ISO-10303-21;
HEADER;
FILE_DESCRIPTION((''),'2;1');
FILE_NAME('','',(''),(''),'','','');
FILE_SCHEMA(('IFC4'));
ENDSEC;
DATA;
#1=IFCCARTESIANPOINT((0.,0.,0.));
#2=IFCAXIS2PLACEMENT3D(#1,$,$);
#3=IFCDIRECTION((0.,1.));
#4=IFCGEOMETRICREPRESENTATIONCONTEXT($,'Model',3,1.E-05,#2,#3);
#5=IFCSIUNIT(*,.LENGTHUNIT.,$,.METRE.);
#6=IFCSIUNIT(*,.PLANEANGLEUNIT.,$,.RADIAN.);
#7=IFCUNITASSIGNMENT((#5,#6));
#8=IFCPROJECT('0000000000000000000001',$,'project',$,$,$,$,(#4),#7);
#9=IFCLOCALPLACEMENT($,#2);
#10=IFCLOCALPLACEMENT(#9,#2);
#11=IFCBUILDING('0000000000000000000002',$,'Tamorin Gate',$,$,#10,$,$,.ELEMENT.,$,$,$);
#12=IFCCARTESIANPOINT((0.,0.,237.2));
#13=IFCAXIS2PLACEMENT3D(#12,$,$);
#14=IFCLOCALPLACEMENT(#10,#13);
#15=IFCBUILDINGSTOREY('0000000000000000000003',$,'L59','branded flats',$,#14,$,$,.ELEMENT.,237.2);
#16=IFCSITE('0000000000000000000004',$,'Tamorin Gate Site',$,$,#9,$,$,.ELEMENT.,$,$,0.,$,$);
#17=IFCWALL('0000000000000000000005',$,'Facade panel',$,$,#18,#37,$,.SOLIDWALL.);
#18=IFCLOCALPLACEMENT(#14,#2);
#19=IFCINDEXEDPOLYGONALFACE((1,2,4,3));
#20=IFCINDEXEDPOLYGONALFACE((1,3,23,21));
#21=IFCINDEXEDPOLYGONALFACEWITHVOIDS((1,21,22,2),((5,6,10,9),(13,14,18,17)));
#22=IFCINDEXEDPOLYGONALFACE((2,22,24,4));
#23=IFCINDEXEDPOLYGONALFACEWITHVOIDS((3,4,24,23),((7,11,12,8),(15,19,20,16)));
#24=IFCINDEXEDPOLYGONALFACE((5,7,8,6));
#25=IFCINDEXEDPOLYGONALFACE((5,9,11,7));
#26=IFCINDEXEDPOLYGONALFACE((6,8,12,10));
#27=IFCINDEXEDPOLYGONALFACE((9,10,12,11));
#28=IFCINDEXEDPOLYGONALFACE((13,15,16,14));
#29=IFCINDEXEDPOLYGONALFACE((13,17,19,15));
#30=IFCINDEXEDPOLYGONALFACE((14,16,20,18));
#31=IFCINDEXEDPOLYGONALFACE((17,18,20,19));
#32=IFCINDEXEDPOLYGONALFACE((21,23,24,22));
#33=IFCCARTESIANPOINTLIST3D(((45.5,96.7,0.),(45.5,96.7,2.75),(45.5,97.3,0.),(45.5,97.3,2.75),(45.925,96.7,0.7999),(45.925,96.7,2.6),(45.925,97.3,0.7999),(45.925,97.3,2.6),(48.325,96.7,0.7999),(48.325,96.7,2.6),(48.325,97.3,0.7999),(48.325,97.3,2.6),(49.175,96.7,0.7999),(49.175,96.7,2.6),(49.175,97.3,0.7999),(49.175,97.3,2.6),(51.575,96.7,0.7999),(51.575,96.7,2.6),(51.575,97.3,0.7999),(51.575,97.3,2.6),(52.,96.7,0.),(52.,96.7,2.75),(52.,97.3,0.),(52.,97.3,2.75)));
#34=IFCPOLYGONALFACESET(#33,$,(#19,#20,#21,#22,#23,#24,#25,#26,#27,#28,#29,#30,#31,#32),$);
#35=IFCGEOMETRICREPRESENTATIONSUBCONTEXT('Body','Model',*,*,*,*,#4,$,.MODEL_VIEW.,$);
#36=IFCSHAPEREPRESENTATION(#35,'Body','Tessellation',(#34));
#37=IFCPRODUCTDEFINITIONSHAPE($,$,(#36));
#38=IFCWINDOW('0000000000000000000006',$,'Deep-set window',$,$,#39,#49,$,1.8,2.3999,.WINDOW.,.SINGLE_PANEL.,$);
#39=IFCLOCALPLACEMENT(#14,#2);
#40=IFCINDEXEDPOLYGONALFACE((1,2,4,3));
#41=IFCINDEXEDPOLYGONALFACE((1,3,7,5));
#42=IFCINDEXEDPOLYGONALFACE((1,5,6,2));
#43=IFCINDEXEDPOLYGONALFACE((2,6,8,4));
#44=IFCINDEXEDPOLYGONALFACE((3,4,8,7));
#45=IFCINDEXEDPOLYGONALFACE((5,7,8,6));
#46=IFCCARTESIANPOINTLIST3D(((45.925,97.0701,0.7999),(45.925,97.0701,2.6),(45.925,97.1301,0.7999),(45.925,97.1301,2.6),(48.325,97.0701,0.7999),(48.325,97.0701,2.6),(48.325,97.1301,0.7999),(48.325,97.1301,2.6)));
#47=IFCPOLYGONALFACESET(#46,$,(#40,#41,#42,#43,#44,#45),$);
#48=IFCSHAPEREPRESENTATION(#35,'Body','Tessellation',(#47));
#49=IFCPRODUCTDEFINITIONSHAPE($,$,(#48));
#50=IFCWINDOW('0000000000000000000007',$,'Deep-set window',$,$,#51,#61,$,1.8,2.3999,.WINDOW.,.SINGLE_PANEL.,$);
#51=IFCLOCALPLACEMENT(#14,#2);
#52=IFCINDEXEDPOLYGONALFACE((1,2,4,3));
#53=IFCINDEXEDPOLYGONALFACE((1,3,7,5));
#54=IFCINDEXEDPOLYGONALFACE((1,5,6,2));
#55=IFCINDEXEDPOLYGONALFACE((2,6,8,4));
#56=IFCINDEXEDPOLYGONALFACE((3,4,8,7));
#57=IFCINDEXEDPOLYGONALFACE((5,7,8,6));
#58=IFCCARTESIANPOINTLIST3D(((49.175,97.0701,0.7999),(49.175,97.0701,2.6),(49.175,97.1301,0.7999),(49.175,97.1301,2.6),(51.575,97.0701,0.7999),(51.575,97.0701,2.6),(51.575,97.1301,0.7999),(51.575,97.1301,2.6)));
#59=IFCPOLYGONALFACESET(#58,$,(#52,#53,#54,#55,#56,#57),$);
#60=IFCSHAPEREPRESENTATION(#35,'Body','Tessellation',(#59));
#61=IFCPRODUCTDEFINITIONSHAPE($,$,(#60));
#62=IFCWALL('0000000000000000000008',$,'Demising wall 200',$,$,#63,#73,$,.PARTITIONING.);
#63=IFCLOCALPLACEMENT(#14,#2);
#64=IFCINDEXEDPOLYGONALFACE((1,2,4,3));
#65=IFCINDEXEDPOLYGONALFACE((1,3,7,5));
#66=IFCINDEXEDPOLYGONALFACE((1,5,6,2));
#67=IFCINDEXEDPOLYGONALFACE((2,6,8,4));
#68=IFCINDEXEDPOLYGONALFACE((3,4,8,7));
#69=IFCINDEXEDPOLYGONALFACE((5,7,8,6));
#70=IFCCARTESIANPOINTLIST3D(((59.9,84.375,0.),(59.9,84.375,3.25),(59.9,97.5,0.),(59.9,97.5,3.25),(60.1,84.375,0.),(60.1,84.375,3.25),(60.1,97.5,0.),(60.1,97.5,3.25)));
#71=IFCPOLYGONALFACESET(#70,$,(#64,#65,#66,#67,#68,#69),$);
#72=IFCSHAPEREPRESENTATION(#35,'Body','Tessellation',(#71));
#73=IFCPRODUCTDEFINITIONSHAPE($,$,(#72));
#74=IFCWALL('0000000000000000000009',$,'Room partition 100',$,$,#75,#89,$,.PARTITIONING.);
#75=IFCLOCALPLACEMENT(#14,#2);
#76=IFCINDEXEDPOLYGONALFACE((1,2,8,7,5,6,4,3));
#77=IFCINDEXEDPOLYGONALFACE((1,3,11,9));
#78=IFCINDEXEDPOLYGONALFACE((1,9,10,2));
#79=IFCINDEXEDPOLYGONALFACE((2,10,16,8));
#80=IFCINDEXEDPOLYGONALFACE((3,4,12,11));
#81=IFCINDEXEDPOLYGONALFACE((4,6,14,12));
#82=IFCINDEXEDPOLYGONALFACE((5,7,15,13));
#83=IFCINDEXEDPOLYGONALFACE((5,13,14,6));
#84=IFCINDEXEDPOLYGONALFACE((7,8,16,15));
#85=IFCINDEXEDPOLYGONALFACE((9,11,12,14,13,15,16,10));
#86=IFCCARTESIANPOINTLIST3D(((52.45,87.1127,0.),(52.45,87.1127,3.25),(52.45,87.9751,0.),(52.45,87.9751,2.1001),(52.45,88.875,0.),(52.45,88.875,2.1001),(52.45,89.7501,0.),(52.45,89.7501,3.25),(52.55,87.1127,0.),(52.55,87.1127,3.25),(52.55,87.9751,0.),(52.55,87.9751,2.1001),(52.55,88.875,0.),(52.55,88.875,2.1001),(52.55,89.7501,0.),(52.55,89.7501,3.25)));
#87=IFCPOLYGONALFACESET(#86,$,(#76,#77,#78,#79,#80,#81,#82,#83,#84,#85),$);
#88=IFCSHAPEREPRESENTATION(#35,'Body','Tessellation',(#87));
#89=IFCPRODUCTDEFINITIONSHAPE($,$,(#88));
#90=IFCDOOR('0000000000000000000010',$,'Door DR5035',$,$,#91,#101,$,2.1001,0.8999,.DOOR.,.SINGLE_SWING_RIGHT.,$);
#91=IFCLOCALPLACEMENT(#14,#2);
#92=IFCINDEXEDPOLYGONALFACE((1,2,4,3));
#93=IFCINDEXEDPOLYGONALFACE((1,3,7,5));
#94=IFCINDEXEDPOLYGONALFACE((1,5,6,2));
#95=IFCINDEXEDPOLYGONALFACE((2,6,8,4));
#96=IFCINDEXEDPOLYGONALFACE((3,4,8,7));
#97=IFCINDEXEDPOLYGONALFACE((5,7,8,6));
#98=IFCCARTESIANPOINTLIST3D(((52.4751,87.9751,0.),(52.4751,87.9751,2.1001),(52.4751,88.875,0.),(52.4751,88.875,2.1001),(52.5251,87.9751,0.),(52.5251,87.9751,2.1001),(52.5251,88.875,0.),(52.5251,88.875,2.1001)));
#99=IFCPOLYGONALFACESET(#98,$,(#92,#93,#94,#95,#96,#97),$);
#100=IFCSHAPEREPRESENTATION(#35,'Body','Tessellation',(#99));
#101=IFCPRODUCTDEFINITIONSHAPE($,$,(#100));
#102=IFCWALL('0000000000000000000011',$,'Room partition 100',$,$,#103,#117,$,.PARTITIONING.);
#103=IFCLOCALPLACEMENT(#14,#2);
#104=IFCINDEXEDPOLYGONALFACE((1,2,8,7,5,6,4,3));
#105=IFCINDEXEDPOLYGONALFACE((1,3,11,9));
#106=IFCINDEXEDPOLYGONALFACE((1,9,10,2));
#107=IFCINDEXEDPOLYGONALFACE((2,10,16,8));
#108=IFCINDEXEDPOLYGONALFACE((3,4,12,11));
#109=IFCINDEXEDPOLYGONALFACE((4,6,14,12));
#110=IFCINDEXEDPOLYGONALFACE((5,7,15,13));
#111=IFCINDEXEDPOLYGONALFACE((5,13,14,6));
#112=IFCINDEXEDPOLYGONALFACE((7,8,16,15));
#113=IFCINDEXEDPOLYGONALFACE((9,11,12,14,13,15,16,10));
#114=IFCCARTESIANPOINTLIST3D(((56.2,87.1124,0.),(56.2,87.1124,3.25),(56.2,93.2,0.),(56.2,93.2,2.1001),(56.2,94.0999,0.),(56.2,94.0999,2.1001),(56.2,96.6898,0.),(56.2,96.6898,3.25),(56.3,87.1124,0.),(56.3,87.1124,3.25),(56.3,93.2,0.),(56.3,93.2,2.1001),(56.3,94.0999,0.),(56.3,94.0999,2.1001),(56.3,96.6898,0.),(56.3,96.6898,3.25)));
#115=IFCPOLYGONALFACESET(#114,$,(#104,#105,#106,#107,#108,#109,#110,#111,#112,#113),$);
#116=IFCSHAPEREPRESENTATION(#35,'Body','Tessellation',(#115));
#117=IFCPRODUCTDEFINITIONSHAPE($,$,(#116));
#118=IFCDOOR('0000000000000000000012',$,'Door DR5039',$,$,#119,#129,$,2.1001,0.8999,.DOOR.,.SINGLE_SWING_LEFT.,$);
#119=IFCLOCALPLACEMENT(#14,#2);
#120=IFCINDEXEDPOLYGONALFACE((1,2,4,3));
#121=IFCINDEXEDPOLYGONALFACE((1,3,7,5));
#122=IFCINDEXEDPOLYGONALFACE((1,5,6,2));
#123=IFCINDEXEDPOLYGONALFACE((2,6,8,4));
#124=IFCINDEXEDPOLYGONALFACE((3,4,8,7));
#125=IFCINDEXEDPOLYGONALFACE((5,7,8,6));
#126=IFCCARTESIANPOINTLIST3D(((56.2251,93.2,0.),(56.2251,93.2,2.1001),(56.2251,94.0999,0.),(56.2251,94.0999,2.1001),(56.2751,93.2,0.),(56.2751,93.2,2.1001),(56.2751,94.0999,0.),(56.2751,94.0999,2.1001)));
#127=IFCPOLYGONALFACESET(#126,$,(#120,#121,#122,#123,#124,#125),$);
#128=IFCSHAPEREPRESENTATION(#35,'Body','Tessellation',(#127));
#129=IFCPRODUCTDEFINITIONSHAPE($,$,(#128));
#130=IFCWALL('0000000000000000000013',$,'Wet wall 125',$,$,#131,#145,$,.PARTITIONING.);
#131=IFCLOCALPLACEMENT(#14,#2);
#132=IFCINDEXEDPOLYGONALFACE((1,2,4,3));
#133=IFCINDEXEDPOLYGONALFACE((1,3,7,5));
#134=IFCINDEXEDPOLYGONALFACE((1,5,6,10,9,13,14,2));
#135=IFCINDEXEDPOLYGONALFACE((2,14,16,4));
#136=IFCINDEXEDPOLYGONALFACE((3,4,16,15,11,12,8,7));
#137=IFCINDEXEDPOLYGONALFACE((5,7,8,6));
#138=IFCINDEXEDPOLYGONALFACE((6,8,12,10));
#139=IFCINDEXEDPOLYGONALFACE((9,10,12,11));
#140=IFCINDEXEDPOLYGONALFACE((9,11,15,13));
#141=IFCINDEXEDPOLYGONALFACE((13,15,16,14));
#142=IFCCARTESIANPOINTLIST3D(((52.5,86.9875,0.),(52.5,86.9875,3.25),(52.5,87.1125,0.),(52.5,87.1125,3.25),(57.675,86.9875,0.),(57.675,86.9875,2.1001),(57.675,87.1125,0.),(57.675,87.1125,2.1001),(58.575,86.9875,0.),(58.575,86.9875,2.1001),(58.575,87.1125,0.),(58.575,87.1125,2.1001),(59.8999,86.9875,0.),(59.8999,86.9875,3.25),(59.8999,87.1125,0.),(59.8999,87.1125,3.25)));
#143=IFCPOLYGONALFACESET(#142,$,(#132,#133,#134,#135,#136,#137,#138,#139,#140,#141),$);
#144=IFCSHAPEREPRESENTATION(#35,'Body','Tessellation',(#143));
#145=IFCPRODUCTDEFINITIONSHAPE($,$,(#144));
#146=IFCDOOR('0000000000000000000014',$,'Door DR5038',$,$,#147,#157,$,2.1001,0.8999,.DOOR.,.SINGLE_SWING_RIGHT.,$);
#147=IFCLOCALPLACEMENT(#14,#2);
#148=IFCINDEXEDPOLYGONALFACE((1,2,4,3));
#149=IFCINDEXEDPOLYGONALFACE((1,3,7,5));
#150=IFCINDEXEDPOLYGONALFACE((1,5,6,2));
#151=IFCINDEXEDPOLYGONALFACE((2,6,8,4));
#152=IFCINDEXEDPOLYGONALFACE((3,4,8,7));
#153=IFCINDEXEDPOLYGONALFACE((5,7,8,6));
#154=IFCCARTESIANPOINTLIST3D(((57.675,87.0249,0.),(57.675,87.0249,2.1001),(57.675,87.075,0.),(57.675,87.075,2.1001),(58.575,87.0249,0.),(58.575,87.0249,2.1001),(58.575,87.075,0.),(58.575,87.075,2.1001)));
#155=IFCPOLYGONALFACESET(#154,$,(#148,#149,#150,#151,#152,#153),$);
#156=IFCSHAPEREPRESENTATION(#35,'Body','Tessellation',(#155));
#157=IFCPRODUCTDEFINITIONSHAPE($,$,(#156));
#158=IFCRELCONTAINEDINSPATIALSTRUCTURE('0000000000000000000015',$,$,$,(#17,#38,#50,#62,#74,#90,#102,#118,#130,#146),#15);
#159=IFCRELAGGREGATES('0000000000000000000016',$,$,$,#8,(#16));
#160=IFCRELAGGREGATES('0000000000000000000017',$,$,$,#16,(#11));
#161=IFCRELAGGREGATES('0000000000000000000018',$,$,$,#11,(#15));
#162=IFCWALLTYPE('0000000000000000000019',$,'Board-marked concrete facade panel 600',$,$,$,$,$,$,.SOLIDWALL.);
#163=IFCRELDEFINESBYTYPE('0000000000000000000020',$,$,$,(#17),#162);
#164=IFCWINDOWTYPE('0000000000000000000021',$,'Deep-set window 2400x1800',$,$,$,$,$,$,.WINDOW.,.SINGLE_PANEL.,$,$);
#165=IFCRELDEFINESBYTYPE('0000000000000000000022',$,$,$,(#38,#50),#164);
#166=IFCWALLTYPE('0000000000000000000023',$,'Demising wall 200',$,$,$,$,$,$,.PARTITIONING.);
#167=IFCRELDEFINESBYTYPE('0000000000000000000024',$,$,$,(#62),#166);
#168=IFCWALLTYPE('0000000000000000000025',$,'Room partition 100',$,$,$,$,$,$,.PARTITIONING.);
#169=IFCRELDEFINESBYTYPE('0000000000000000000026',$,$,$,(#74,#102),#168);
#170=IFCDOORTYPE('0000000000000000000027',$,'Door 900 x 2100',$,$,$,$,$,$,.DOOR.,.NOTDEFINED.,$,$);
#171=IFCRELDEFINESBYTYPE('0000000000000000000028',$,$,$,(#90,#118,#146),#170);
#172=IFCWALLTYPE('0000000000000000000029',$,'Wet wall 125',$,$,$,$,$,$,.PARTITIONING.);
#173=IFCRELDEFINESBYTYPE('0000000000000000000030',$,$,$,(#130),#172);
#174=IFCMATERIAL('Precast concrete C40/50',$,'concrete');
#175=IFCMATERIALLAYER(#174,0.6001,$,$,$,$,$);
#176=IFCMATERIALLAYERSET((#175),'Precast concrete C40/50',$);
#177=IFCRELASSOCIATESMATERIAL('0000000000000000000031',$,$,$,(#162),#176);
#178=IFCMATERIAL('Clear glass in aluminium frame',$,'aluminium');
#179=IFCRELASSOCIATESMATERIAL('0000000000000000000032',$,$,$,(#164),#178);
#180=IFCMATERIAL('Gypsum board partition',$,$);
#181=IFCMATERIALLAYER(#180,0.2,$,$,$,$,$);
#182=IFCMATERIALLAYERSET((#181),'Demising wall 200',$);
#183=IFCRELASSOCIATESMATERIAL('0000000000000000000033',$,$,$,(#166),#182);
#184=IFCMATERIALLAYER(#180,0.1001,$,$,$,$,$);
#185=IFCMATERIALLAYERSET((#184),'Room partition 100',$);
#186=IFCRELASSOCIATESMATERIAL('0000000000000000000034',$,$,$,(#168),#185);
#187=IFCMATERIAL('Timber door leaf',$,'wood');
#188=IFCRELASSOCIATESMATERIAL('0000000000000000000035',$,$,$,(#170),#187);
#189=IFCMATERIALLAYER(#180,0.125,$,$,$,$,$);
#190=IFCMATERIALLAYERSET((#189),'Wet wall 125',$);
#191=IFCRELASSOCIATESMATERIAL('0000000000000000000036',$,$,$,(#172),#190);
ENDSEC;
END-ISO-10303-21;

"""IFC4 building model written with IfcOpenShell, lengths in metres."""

from ifc_helpers import new_model, si_unit, direction, frame, frame_2d, origin, place, context, subcontext, project, spatial, rectangle, extrude, material, layer, layer_set, type_object, element, fill, save


model = new_model("IFC4")

# Units and contexts
model_context = context("Model", 3, precision=1e-05, world=origin(), true_north=direction((0.0, 1.0)))
body_context = subcontext(model_context, "Body", "Model", "MODEL_VIEW")
ifc_project = project(units=[si_unit("LENGTHUNIT", "METRE"), si_unit("PLANEANGLEUNIT", "RADIAN")], contexts=[model_context])

# Site, building, storey
site_placement = place(None, origin())
site = spatial("IfcSite", under=ifc_project, at=site_placement, Name="Tamorin Gate Site", CompositionType="ELEMENT", RefElevation=0.0)
building_placement = place(site_placement, origin())
building = spatial("IfcBuilding", under=site, at=building_placement, Name="Tamorin Gate", CompositionType="ELEMENT")
storey_placement = place(building_placement, frame((0.0, 0.0, 237.2)))
storey = spatial("IfcBuildingStorey", under=building, at=storey_placement, Name="L59", Description="branded flats", CompositionType="ELEMENT", Elevation=237.2)

# Wall, openings, windows
ifc_material_1 = material(Name="Precast concrete C40/50", Category="concrete")
ifc_layer_1 = layer(ifc_material_1, 0.6001)
ifc_layer_set_1 = layer_set([ifc_layer_1], Name="Precast concrete C40/50")
wall_type_1 = type_object("IfcWallType", Name="Board-marked concrete facade panel 600", PredefinedType="SOLIDWALL", material=ifc_layer_set_1)
ifc_material_2 = material(Name="Clear glass in aluminium frame", Category="aluminium")
window_type = type_object("IfcWindowType", Name="Deep-set window 2400x1800", PartitioningType="SINGLE_PANEL", PredefinedType="WINDOW", material=ifc_material_2)
wall_1_placement = place(storey_placement, frame((52.0, 97.0, 0.0), z_axis=(0.0, 0.0, 1.0), x_axis=(-1.0, 0.0, 0.0)))
wall_1 = element("IfcWall", 1, at=wall_1_placement, inside=storey, type_object=wall_type_1, Name="Facade panel", PredefinedType="SOLIDWALL", context=body_context, shape_type="SweptSolid", body=[
    extrude(rectangle(XDim=6.5, YDim=0.6001, at=frame_2d((3.25, 0.0))), origin(), (0.0, 0.0, 1.0), 2.75),
])
opening_1_placement = place(wall_1_placement, frame((3.675, 0.0, 0.8)))
opening_1 = element("IfcOpeningElement", 2, at=opening_1_placement, cuts=wall_1, PredefinedType="OPENING", context=body_context, shape_type="SweptSolid", body=[
    extrude(rectangle(XDim=2.3999, YDim=1.8, at=frame_2d((1.2, 0.8999))), frame((0.0, 0.3101, 0.0), z_axis=(0.0, -1.0, 0.0), x_axis=(1.0, 0.0, 0.0)), (0.0, 0.0, 1.0), 0.6201),
])
opening_2_placement = place(wall_1_placement, frame((0.425, 0.0, 0.8)))
opening_2 = element("IfcOpeningElement", 3, at=opening_2_placement, cuts=wall_1, PredefinedType="OPENING", context=body_context, shape_type="SweptSolid", body=[
    extrude(rectangle(XDim=2.3999, YDim=1.8, at=frame_2d((1.2, 0.8999))), frame((0.0, 0.3101, 0.0), z_axis=(0.0, -1.0, 0.0), x_axis=(1.0, 0.0, 0.0)), (0.0, 0.0, 1.0), 0.6201),
])
window_1_placement = place(opening_1_placement, origin())
window_1 = element("IfcWindow", 4, at=window_1_placement, inside=storey, type_object=window_type, Name="Deep-set window", OverallHeight=1.8, OverallWidth=2.3999, PartitioningType="SINGLE_PANEL", PredefinedType="WINDOW", context=body_context, shape_type="SweptSolid", body=[
    extrude(rectangle(XDim=2.3999, YDim=1.8, at=frame_2d((1.2, 0.8999))), frame((0.0, -0.0701, 0.0), z_axis=(0.0, -1.0, 0.0), x_axis=(1.0, 0.0, 0.0)), (0.0, 0.0, 1.0), 0.0601),
])
fill(opening_1, window_1)
window_2_placement = place(opening_2_placement, origin())
window_2 = element("IfcWindow", 5, at=window_2_placement, inside=storey, type_object=window_type, Name="Deep-set window", OverallHeight=1.8, OverallWidth=2.3999, PartitioningType="SINGLE_PANEL", PredefinedType="WINDOW", context=body_context, shape_type="SweptSolid", body=[
    extrude(rectangle(XDim=2.3999, YDim=1.8, at=frame_2d((1.2, 0.8999))), frame((0.0, -0.0701, 0.0), z_axis=(0.0, -1.0, 0.0), x_axis=(1.0, 0.0, 0.0)), (0.0, 0.0, 1.0), 0.0601),
])
fill(opening_2, window_2)

# Wall
ifc_material_3 = material(Name="Gypsum board partition")
ifc_layer_2 = layer(ifc_material_3, 0.2)
ifc_layer_set_2 = layer_set([ifc_layer_2], Name="Demising wall 200")
wall_type_2 = type_object("IfcWallType", Name="Demising wall 200", PredefinedType="PARTITIONING", material=ifc_layer_set_2)
wall_2_placement = place(storey_placement, frame((60.0, 84.375, 0.0), z_axis=(0.0, 0.0, 1.0), x_axis=(0.0, 1.0, 0.0)))
element("IfcWall", 6, at=wall_2_placement, inside=storey, type_object=wall_type_2, Name="Demising wall 200", PredefinedType="PARTITIONING", context=body_context, shape_type="SweptSolid", body=[
    extrude(rectangle(XDim=13.125, YDim=0.2, at=frame_2d((6.5625, 0.0))), origin(), (0.0, 0.0, 1.0), 3.25),
])

# Walls, openings, doors
ifc_layer_3 = layer(ifc_material_3, 0.1001)
ifc_layer_set_3 = layer_set([ifc_layer_3], Name="Room partition 100")
wall_type_3 = type_object("IfcWallType", Name="Room partition 100", PredefinedType="PARTITIONING", material=ifc_layer_set_3)
wall_3_placement = place(storey_placement, frame((52.5, 87.1125, 0.0), z_axis=(0.0, 0.0, 1.0), x_axis=(0.0, 1.0, 0.0)))
wall_3 = element("IfcWall", 7, at=wall_3_placement, inside=storey, type_object=wall_type_3, Name="Room partition 100", PredefinedType="PARTITIONING", context=body_context, shape_type="SweptSolid", body=[
    extrude(rectangle(XDim=2.6375, YDim=0.1001, at=frame_2d((1.3188, 0.0))), origin(), (0.0, 0.0, 1.0), 3.25),
])
opening_3_placement = place(wall_3_placement, frame((0.8625, 0.0, 0.0)))
opening_3 = element("IfcOpeningElement", 8, at=opening_3_placement, cuts=wall_3, PredefinedType="OPENING", context=body_context, shape_type="SweptSolid", body=[
    extrude(rectangle(XDim=0.8999, YDim=2.1001, at=frame_2d((0.45, 1.05))), frame((0.0, 0.0601, 0.0), z_axis=(0.0, -1.0, 0.0), x_axis=(1.0, 0.0, 0.0)), (0.0, 0.0, 1.0), 0.1201),
])
ifc_material_4 = material(Name="Timber door leaf", Category="wood")
door_type = type_object("IfcDoorType", Name="Door 900 x 2100", OperationType="NOTDEFINED", PredefinedType="DOOR", material=ifc_material_4)
door_1_placement = place(opening_3_placement, origin())
door_1 = element("IfcDoor", 9, at=door_1_placement, inside=storey, type_object=door_type, Name="Door DR5035", OperationType="SINGLE_SWING_RIGHT", OverallHeight=2.1001, OverallWidth=0.8999, PredefinedType="DOOR", context=body_context, shape_type="SweptSolid", body=[
    extrude(rectangle(XDim=0.8999, YDim=2.1001, at=frame_2d((0.45, 1.05))), frame((0.0, 0.0249, 0.0), z_axis=(0.0, -1.0, 0.0), x_axis=(1.0, 0.0, 0.0)), (0.0, 0.0, 1.0), 0.05),
])
fill(opening_3, door_1)
wall_4_placement = place(storey_placement, frame((56.25, 87.1125, 0.0), z_axis=(0.0, 0.0, 1.0), x_axis=(0.0, 1.0, 0.0)))
wall_4 = element("IfcWall", 10, at=wall_4_placement, inside=storey, type_object=wall_type_3, Name="Room partition 100", PredefinedType="PARTITIONING", context=body_context, shape_type="SweptSolid", body=[
    extrude(rectangle(XDim=9.5774, YDim=0.1001, at=frame_2d((4.7886, 0.0))), origin(), (0.0, 0.0, 1.0), 3.25),
])
opening_4_placement = place(wall_4_placement, frame((6.0874, 0.0, 0.0)))
opening_4 = element("IfcOpeningElement", 11, at=opening_4_placement, cuts=wall_4, PredefinedType="OPENING", context=body_context, shape_type="SweptSolid", body=[
    extrude(rectangle(XDim=0.8999, YDim=2.1001, at=frame_2d((0.45, 1.05))), frame((0.0, 0.0601, 0.0), z_axis=(0.0, -1.0, 0.0), x_axis=(1.0, 0.0, 0.0)), (0.0, 0.0, 1.0), 0.1201),
])
door_2_placement = place(opening_4_placement, origin())
door_2 = element("IfcDoor", 12, at=door_2_placement, inside=storey, type_object=door_type, Name="Door DR5039", OperationType="SINGLE_SWING_LEFT", OverallHeight=2.1001, OverallWidth=0.8999, PredefinedType="DOOR", context=body_context, shape_type="SweptSolid", body=[
    extrude(rectangle(XDim=0.8999, YDim=2.1001, at=frame_2d((0.45, 1.05))), frame((0.0, 0.0249, 0.0), z_axis=(0.0, -1.0, 0.0), x_axis=(1.0, 0.0, 0.0)), (0.0, 0.0, 1.0), 0.05),
])
fill(opening_4, door_2)
ifc_layer_4 = layer(ifc_material_3, 0.125)
ifc_layer_set_4 = layer_set([ifc_layer_4], Name="Wet wall 125")
wall_type_4 = type_object("IfcWallType", Name="Wet wall 125", PredefinedType="PARTITIONING", material=ifc_layer_set_4)
wall_5_placement = place(storey_placement, frame((52.5, 87.05, 0.0), z_axis=(0.0, 0.0, 1.0), x_axis=(1.0, 0.0, 0.0)))
wall_5 = element("IfcWall", 13, at=wall_5_placement, inside=storey, type_object=wall_type_4, Name="Wet wall 125", PredefinedType="PARTITIONING", context=body_context, shape_type="SweptSolid", body=[
    extrude(rectangle(XDim=7.3999, YDim=0.125, at=frame_2d((3.7, 0.0))), origin(), (0.0, 0.0, 1.0), 3.25),
])
opening_5_placement = place(wall_5_placement, frame((5.175, 0.0, 0.0)))
opening_5 = element("IfcOpeningElement", 14, at=opening_5_placement, cuts=wall_5, PredefinedType="OPENING", context=body_context, shape_type="SweptSolid", body=[
    extrude(rectangle(XDim=0.8999, YDim=2.1001, at=frame_2d((0.45, 1.05))), frame((0.0, 0.0725, 0.0), z_axis=(0.0, -1.0, 0.0), x_axis=(1.0, 0.0, 0.0)), (0.0, 0.0, 1.0), 0.145),
])
door_3_placement = place(opening_5_placement, origin())
door_3 = element("IfcDoor", 15, at=door_3_placement, inside=storey, type_object=door_type, Name="Door DR5038", OperationType="SINGLE_SWING_RIGHT", OverallHeight=2.1001, OverallWidth=0.8999, PredefinedType="DOOR", context=body_context, shape_type="SweptSolid", body=[
    extrude(rectangle(XDim=0.8999, YDim=2.1001, at=frame_2d((0.45, 1.05))), frame((0.0, 0.0249, 0.0), z_axis=(0.0, -1.0, 0.0), x_axis=(1.0, 0.0, 0.0)), (0.0, 0.0, 1.0), 0.05),
])
fill(opening_5, door_3)

save(model, "model.ifc")
